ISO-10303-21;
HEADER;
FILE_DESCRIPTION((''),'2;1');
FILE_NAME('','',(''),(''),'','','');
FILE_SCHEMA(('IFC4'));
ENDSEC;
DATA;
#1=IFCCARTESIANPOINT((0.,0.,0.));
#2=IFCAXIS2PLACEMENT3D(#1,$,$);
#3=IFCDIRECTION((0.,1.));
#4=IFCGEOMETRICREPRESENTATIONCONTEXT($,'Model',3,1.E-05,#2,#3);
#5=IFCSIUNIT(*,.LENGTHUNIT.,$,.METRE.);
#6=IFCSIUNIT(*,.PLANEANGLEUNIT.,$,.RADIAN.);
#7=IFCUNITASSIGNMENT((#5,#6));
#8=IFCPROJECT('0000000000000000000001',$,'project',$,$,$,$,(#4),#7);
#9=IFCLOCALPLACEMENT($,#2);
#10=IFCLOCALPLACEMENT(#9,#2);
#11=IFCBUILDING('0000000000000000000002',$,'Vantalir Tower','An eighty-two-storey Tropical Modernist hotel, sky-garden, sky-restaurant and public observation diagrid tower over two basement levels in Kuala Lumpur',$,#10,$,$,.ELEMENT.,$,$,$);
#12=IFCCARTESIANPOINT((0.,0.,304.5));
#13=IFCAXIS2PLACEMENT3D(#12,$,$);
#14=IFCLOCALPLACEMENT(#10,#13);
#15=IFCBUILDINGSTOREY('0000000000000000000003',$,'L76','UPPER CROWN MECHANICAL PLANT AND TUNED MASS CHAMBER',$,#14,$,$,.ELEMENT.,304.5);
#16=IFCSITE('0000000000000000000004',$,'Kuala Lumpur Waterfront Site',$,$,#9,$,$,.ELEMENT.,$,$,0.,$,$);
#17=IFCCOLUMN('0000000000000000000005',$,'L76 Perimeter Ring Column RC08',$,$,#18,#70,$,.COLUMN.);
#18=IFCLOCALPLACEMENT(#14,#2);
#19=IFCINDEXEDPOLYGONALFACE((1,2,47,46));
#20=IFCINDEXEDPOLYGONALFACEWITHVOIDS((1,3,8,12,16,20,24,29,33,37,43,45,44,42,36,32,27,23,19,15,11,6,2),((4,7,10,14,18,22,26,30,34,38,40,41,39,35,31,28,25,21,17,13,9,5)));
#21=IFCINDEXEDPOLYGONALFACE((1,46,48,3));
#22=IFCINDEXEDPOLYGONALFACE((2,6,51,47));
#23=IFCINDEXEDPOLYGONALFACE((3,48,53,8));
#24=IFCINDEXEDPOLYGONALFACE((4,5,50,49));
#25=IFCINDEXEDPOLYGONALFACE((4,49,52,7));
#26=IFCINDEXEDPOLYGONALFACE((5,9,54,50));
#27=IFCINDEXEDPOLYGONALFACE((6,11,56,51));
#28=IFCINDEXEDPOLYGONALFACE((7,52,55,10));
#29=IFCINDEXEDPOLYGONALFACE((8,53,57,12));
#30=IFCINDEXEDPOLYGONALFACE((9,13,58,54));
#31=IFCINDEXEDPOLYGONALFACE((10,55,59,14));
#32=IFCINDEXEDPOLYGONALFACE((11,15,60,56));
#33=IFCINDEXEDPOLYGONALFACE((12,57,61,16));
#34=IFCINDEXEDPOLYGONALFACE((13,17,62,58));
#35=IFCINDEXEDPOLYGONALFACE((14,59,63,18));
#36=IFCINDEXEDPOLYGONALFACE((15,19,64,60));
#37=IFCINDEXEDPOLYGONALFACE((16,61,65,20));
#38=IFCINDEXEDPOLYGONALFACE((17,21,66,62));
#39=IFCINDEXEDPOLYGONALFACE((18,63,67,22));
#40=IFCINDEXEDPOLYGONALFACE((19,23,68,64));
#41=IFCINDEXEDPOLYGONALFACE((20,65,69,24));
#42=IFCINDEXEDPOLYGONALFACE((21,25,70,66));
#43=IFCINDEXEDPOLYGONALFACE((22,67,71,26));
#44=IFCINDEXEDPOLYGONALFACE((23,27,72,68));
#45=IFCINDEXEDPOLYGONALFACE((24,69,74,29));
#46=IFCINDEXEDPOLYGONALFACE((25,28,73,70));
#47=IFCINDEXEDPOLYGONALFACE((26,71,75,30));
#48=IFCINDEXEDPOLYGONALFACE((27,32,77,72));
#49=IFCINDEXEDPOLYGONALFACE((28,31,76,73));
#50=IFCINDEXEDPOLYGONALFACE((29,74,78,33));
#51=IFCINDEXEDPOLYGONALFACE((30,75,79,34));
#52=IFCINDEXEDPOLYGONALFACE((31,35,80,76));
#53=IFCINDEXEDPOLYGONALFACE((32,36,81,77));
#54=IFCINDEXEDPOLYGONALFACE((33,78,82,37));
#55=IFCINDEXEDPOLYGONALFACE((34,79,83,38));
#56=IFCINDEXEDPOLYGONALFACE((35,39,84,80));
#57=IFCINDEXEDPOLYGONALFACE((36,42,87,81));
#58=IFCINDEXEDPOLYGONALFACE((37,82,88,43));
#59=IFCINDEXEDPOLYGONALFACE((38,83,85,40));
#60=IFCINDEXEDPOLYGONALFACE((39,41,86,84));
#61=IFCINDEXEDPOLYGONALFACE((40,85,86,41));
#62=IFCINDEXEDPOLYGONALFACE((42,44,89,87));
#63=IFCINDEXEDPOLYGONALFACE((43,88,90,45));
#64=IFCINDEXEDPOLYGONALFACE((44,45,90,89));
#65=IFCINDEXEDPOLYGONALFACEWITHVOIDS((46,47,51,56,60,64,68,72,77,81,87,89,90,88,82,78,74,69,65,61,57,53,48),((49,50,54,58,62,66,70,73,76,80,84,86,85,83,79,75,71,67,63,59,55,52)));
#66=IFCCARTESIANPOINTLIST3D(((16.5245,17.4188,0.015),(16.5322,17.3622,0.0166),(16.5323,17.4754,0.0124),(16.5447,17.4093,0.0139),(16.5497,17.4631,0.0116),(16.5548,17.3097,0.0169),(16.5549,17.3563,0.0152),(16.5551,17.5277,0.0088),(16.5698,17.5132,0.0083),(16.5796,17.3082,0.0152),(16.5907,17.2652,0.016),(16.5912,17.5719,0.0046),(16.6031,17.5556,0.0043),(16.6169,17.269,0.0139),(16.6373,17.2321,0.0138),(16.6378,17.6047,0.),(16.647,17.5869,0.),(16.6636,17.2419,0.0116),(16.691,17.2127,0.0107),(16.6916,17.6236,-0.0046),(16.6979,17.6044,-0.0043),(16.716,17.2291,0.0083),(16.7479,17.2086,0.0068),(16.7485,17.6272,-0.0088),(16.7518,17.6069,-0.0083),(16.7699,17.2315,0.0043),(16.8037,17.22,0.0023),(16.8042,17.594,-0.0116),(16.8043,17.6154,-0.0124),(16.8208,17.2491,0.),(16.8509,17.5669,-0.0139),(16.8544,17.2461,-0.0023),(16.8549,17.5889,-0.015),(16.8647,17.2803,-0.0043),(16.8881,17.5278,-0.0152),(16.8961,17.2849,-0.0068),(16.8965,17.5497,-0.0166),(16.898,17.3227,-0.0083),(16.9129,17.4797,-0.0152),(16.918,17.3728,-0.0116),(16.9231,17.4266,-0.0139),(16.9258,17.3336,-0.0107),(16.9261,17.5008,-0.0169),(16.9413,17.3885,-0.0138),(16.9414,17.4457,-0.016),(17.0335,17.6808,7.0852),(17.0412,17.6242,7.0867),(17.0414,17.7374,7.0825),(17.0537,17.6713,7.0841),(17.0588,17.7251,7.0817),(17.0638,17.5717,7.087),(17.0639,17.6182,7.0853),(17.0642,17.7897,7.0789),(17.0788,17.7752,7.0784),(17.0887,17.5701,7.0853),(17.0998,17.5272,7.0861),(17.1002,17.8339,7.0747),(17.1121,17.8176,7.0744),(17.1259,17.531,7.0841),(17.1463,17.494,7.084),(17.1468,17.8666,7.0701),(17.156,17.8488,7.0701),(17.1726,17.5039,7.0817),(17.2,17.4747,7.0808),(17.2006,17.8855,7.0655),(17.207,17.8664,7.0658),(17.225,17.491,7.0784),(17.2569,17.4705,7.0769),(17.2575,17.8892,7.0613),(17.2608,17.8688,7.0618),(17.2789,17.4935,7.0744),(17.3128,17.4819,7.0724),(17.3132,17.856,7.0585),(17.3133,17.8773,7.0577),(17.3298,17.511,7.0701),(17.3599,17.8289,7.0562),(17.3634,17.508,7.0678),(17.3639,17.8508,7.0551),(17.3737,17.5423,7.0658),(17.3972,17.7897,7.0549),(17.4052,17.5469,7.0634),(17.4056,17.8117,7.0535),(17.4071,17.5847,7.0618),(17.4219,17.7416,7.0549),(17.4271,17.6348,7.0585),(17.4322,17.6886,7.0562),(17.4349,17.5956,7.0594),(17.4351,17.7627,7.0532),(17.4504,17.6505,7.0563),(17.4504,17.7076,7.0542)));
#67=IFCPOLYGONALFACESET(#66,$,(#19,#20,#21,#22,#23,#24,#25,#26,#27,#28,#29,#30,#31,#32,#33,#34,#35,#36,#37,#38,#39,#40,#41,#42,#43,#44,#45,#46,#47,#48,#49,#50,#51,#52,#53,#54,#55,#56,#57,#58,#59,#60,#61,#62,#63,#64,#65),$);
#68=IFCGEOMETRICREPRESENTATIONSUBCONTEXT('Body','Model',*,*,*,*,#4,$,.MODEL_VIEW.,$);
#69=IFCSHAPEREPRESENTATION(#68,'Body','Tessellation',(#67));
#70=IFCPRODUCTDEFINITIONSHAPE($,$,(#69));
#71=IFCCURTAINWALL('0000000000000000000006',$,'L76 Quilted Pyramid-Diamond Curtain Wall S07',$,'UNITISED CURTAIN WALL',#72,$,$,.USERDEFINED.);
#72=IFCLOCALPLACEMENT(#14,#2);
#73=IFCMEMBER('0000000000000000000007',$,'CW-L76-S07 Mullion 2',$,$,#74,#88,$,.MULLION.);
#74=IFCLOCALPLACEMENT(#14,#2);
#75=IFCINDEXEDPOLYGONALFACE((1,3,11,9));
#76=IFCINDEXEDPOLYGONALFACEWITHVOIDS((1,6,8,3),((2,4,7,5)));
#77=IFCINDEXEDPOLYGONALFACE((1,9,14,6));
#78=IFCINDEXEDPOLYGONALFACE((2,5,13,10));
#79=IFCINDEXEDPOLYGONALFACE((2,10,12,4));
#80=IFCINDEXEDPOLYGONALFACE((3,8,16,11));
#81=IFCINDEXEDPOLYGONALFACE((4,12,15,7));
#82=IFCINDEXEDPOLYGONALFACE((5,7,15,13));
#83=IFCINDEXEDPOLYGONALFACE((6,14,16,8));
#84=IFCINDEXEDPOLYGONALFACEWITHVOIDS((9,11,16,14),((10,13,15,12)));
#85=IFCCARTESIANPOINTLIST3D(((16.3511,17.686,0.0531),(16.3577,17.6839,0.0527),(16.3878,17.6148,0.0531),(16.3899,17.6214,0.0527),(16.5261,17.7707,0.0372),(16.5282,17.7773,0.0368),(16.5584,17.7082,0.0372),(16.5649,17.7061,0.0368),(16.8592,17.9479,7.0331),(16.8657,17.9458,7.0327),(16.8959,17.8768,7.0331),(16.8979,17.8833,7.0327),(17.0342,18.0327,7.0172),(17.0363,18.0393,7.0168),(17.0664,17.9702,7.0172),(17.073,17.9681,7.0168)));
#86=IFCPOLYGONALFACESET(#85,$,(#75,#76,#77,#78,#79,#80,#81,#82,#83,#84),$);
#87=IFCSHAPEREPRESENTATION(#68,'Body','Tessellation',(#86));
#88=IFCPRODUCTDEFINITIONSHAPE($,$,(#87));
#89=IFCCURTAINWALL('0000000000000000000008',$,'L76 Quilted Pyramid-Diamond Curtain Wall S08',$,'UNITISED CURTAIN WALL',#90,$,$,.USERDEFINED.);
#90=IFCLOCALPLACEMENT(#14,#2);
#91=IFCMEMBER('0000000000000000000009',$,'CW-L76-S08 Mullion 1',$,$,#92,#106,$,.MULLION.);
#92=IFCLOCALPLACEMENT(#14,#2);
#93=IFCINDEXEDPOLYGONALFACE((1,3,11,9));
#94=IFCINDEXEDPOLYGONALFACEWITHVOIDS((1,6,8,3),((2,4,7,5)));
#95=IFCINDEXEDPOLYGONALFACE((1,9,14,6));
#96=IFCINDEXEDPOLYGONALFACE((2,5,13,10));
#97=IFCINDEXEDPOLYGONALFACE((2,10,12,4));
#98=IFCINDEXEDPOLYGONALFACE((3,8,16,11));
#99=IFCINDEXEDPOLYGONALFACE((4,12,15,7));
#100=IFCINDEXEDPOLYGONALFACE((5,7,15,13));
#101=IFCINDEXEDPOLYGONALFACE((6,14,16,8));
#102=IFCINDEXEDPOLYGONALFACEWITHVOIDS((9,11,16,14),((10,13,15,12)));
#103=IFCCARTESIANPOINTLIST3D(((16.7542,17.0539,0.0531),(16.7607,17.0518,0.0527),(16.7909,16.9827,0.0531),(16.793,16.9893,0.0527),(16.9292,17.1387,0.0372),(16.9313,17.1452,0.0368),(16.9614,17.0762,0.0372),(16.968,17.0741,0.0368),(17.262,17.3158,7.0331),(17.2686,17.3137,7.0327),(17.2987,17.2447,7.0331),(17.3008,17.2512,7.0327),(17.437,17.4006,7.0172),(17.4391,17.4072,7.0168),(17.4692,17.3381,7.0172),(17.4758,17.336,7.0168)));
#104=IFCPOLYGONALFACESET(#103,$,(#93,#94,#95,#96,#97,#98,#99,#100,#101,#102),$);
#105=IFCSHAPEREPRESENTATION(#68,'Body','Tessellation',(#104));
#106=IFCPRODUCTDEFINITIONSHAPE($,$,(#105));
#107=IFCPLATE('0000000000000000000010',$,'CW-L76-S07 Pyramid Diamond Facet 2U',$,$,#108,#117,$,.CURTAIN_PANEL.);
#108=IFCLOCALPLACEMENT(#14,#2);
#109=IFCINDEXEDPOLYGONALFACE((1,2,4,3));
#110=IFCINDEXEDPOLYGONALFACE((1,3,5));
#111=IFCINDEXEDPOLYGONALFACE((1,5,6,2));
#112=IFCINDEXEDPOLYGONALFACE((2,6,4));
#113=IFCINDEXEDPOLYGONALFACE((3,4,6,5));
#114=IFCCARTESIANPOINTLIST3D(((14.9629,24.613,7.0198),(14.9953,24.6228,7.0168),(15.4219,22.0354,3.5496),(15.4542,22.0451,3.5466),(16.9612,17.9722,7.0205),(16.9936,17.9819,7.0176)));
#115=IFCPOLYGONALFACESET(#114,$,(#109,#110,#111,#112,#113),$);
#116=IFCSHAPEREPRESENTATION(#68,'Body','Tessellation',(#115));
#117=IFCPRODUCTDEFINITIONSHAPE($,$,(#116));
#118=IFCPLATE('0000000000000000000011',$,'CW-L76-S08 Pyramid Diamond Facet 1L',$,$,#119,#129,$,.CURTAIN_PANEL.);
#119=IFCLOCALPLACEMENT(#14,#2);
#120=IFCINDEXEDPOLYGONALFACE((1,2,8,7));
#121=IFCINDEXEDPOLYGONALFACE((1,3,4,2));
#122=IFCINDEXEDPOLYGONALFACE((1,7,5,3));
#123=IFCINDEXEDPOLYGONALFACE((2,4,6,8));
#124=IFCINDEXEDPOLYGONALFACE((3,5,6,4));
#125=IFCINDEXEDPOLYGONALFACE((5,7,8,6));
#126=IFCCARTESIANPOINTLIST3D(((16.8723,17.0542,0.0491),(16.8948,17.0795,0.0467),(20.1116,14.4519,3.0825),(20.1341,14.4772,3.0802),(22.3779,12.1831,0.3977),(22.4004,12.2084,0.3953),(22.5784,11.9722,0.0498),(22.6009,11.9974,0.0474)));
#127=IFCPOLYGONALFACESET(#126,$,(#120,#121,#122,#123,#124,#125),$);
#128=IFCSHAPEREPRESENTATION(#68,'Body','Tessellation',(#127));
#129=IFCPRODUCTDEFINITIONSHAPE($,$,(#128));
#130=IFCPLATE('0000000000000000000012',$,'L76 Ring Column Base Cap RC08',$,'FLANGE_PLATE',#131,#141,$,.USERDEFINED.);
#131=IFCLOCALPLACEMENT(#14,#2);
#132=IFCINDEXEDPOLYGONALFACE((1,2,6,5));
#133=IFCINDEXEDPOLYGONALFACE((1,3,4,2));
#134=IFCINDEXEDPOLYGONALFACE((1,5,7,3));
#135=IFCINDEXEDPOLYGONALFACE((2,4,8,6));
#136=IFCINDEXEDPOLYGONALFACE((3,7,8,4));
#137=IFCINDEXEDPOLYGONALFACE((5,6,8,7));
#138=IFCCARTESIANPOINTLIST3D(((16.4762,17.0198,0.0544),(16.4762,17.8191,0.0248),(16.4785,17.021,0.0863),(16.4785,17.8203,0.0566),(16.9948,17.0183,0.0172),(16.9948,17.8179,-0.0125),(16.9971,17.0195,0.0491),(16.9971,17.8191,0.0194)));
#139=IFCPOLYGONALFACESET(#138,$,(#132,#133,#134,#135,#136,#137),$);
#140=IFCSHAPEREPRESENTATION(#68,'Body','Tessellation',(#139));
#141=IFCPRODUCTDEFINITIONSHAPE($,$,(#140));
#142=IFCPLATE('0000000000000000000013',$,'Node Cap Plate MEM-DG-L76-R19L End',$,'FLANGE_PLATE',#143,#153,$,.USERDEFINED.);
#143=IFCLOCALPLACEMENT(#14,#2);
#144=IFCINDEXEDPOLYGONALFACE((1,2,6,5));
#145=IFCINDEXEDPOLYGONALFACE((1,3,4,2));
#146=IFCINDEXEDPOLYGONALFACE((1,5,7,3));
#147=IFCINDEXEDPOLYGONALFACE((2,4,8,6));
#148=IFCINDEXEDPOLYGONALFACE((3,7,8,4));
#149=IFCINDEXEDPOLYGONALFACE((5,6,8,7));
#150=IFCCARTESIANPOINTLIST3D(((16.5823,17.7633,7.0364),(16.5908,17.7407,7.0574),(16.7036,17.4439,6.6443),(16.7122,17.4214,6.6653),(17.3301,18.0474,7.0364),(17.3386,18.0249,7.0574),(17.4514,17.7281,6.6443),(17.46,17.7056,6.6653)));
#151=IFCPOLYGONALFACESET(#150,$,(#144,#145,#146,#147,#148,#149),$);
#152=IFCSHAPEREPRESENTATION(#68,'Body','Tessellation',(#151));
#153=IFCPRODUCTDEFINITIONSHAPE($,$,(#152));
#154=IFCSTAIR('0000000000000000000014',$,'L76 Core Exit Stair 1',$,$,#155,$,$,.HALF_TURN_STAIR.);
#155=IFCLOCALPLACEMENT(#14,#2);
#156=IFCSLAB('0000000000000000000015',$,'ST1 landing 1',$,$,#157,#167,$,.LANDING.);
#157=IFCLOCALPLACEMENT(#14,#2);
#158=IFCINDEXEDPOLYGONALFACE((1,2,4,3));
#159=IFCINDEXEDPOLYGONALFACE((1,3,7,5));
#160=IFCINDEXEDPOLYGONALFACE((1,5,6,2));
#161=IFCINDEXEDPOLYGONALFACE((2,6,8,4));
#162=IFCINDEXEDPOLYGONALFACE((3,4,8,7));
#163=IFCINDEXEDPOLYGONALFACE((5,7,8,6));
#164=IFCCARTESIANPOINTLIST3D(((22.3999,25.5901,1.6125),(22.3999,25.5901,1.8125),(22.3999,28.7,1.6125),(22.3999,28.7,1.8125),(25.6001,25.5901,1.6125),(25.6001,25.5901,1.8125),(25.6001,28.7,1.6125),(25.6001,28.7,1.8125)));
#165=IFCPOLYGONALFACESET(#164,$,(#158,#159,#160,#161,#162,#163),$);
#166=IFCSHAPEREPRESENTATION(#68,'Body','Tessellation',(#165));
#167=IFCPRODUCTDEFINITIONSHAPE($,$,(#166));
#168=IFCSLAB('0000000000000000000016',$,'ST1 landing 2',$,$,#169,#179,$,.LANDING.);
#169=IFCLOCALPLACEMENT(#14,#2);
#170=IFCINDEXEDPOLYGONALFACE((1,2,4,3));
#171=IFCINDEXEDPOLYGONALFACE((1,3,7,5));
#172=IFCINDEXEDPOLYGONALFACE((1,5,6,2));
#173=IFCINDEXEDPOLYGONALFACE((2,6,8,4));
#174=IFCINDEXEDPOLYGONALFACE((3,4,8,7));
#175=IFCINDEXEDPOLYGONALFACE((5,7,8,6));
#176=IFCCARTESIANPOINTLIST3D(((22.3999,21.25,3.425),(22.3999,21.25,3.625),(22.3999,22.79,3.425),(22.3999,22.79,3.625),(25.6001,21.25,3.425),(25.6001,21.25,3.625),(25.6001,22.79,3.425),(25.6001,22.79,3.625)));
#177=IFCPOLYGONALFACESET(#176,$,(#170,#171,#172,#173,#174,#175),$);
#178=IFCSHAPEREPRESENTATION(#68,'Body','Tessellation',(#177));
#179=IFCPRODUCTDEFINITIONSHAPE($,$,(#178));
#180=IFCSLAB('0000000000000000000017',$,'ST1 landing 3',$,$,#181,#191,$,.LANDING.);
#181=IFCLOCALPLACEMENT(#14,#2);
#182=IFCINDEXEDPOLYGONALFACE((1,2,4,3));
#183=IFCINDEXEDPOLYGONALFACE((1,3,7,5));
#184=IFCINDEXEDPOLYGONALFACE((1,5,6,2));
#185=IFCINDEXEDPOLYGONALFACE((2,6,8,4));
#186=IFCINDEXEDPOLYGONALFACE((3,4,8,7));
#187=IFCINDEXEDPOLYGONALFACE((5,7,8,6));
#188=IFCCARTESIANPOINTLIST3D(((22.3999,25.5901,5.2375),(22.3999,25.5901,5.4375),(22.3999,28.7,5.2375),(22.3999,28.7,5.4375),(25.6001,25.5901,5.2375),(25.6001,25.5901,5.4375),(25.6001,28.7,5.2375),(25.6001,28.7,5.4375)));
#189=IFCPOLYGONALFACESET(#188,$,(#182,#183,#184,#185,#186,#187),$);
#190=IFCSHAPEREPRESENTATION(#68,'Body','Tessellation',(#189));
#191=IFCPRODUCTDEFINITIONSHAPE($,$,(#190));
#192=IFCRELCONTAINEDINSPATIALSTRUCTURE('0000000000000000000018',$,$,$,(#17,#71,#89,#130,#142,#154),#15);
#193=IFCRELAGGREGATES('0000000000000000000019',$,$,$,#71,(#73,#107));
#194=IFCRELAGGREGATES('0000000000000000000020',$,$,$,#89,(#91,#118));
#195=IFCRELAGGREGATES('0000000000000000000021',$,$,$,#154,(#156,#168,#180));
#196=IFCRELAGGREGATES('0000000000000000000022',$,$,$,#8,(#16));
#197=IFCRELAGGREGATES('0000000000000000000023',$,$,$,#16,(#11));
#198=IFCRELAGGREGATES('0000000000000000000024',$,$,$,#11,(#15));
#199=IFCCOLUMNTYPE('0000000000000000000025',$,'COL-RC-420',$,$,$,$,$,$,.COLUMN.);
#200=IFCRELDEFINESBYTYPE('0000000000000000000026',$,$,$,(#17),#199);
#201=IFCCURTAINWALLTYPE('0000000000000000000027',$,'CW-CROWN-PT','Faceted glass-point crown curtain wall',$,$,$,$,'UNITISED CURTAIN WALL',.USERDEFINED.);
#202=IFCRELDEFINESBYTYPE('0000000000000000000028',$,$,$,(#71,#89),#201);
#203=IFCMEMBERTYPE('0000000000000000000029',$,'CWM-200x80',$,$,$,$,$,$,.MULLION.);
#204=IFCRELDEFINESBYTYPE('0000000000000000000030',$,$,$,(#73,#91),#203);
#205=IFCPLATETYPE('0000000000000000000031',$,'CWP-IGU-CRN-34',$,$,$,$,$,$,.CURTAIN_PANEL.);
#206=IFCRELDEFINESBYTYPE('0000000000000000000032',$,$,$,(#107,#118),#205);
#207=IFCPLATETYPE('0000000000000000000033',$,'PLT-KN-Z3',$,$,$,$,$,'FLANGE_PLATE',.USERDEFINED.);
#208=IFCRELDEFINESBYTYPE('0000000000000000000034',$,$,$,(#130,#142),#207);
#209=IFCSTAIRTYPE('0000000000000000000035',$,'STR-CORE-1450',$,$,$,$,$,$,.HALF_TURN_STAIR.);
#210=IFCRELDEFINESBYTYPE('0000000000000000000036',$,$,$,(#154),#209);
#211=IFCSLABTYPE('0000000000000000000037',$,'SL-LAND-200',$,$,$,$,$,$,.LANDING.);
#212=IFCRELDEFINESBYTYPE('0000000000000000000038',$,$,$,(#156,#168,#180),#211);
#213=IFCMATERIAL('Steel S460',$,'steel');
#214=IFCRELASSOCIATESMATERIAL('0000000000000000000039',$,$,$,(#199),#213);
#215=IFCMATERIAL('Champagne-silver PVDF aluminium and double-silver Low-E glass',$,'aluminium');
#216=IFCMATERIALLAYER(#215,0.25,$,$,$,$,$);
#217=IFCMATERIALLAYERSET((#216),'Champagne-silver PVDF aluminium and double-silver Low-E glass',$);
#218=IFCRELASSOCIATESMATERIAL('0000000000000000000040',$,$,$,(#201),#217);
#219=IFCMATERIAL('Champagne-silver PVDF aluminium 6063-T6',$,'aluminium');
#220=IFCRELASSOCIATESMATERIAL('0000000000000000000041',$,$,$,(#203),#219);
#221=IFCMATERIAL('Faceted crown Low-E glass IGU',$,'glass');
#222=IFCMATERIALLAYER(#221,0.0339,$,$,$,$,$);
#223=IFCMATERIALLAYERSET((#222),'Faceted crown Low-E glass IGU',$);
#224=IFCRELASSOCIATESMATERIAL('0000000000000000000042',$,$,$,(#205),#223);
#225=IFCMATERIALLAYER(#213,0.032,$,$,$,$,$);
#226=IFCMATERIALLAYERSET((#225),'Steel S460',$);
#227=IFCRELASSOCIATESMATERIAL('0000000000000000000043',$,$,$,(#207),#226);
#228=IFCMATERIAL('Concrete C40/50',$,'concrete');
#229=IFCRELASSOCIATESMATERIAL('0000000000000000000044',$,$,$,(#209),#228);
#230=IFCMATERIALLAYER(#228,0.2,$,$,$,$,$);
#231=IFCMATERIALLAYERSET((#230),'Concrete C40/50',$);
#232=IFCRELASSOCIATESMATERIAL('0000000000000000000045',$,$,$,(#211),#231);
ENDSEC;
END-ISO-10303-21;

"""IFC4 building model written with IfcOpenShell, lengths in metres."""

from ifc_helpers import new_model, si_unit, direction, frame, origin, origin_2d, place, context, subcontext, project, spatial, polyline, hollow_rectangle, hollow_circle, outline, extrude, material, layer, layer_set, material_profile, profile_set, type_object, element, aggregate, save


model = new_model("IFC4")

# Units and contexts
model_context = context("Model", 3, precision=1e-05, world=origin(), true_north=direction((0.0, 1.0)))
body_context = subcontext(model_context, "Body", "Model", "MODEL_VIEW")
ifc_project = project(units=[si_unit("LENGTHUNIT", "METRE"), si_unit("PLANEANGLEUNIT", "RADIAN")], contexts=[model_context])

# Site, building, storey
site_placement = place(None, origin())
site = spatial("IfcSite", under=ifc_project, at=site_placement, Name="Kuala Lumpur Waterfront Site", CompositionType="ELEMENT", RefElevation=0.0)
building_placement = place(site_placement, origin())
building = spatial("IfcBuilding", under=site, at=building_placement, Name="Vantalir Tower", Description="An eighty-two-storey Tropical Modernist hotel, sky-garden, sky-restaurant and public observation diagrid tower over two basement levels in Kuala Lumpur", CompositionType="ELEMENT")
storey_placement = place(building_placement, frame((0.0, 0.0, 304.5)))
storey = spatial("IfcBuildingStorey", under=building, at=storey_placement, Name="L76", Description="UPPER CROWN MECHANICAL PLANT AND TUNED MASS CHAMBER", CompositionType="ELEMENT", Elevation=304.5)

# Column
ifc_material_1 = material(Name="Steel S460", Category="steel")
ifc_material_profile_1 = material_profile(ifc_material_1, hollow_circle(Radius=0.21, WallThickness=0.02, at=origin_2d()), Name="Steel S460")
ifc_profile_set_1 = profile_set([ifc_material_profile_1], Name="Steel S460")
column_type = type_object("IfcColumnType", Name="COL-RC-420", PredefinedType="COLUMN", material=ifc_profile_set_1)
column_placement = place(storey_placement, frame((16.7339, 17.418, 0.0), z_axis=(0.071763, 0.036932, 0.996738), x_axis=(-0.457589, 0.889164, 0.0)))
element("IfcColumn", 1, at=column_placement, inside=storey, type_object=column_type, Name="L76 Perimeter Ring Column RC08", PredefinedType="COLUMN", context=body_context, shape_type="SweptSolid", body=[
    extrude(hollow_circle(Radius=0.21, WallThickness=0.02, at=origin_2d()), origin(), (0.0, 0.0, 1.0), 7.0933),
])

# Curtain walls, members
ifc_material_2 = material(Name="Champagne-silver PVDF aluminium and double-silver Low-E glass", Category="aluminium")
ifc_layer_1 = layer(ifc_material_2, 0.25)
ifc_layer_set_1 = layer_set([ifc_layer_1], Name="Champagne-silver PVDF aluminium and double-silver Low-E glass")
curtain_wall_type = type_object("IfcCurtainWallType", Name="CW-CROWN-PT", Description="Faceted glass-point crown curtain wall", ElementType="UNITISED CURTAIN WALL", PredefinedType="USERDEFINED", material=ifc_layer_set_1)
curtain_wall_1_placement = place(storey_placement, origin())
curtain_wall_1 = element("IfcCurtainWall", 2, at=curtain_wall_1_placement, inside=storey, type_object=curtain_wall_type, Name="L76 Quilted Pyramid-Diamond Curtain Wall S07", ObjectType="UNITISED CURTAIN WALL", PredefinedType="USERDEFINED")
ifc_material_3 = material(Name="Champagne-silver PVDF aluminium 6063-T6", Category="aluminium")
ifc_material_profile_2 = material_profile(ifc_material_3, hollow_rectangle(XDim=0.0801, YDim=0.2, WallThickness=0.0049, at=origin_2d()), Name="Champagne-silver PVDF aluminium 6063-T6")
ifc_profile_set_2 = profile_set([ifc_material_profile_2], Name="Champagne-silver PVDF aluminium 6063-T6")
member_type = type_object("IfcMemberType", Name="CWM-200x80", PredefinedType="MULLION", material=ifc_profile_set_2)
member_1_placement = place(storey_placement, frame((16.458, 17.696, 0.0449), z_axis=(0.072545, 0.037405, 0.996663), x_axis=(-0.458284, 0.888806, 0.0)))
member_1 = element("IfcMember", 3, at=member_1_placement, type_object=member_type, Name="CW-L76-S07 Mullion 2", PredefinedType="MULLION", context=body_context, shape_type="SweptSolid", body=[
    extrude(hollow_rectangle(XDim=0.0801, YDim=0.2, WallThickness=0.0049, at=origin_2d()), origin(), (0.0, 0.0, 1.0), 7.0034),
])
curtain_wall_2_placement = place(storey_placement, origin())
curtain_wall_2 = element("IfcCurtainWall", 4, at=curtain_wall_2_placement, inside=storey, type_object=curtain_wall_type, Name="L76 Quilted Pyramid-Diamond Curtain Wall S08", ObjectType="UNITISED CURTAIN WALL", PredefinedType="USERDEFINED")
member_2_placement = place(storey_placement, frame((16.8611, 17.064, 0.0449), z_axis=(0.07251, 0.037405, 0.996666), x_axis=(-0.458458, 0.888716, 0.0)))
member_2 = element("IfcMember", 5, at=member_2_placement, type_object=member_type, Name="CW-L76-S08 Mullion 1", PredefinedType="MULLION", context=body_context, shape_type="SweptSolid", body=[
    extrude(hollow_rectangle(XDim=0.0801, YDim=0.2, WallThickness=0.0049, at=origin_2d()), origin(), (0.0, 0.0, 1.0), 7.0034),
])

# Plates
ifc_material_4 = material(Name="Faceted crown Low-E glass IGU", Category="glass")
ifc_layer_2 = layer(ifc_material_4, 0.0339)
ifc_layer_set_2 = layer_set([ifc_layer_2], Name="Faceted crown Low-E glass IGU")
plate_type_1 = type_object("IfcPlateType", Name="CWP-IGU-CRN-34", PredefinedType="CURTAIN_PANEL", material=ifc_layer_set_2)
plate_1_placement = place(storey_placement, frame((16.9612, 17.9722, 7.0205), z_axis=(-0.953955, -0.287043, 0.087039), x_axis=(-0.288146, 0.957587, -0.000106)))
plate_1 = element("IfcPlate", 6, at=plate_1_placement, type_object=plate_type_1, Name="CW-L76-S07 Pyramid Diamond Facet 2U", PredefinedType="CURTAIN_PANEL", context=body_context, shape_type="SweptSolid", body=[
    extrude(outline(polyline([(0.0, 0.0), (6.935, 0.0), (4.3348, 3.4837), (0.0, 0.0)])), origin(), (0.0, 0.0, -1.0), 0.0339),
])
aggregate(curtain_wall_1, [member_1, plate_1])
plate_2_placement = place(storey_placement, frame((16.8723, 17.0542, 0.0491), z_axis=(-0.663494, -0.744953, 0.069437), x_axis=(0.746759, -0.665094, 0.000096)))
plate_2 = element("IfcPlate", 7, at=plate_2_placement, type_object=plate_type_1, Name="CW-L76-S08 Pyramid Diamond Facet 1L", PredefinedType="CURTAIN_PANEL", context=body_context, shape_type="SweptSolid", body=[
    extrude(outline(polyline([(0.0, 0.0), (7.6411, 0.0), (7.3511, 0.3488), (4.15, 3.0404), (0.0, 0.0)])), origin(), (0.0, 0.0, -1.0), 0.0339),
])
aggregate(curtain_wall_2, [member_2, plate_2])

# Plates
ifc_layer_3 = layer(ifc_material_1, 0.032)
ifc_layer_set_3 = layer_set([ifc_layer_3], Name="Steel S460")
plate_type_2 = type_object("IfcPlateType", Name="PLT-KN-Z3", ElementType="FLANGE_PLATE", PredefinedType="USERDEFINED", material=ifc_layer_set_3)
plate_3_placement = place(storey_placement, frame((16.4785, 17.8203, 0.0566), z_axis=(0.07166, 0.036984, 0.996743), x_axis=(0.00001, -0.999312, 0.037079)))
element("IfcPlate", 8, at=plate_3_placement, inside=storey, type_object=plate_type_2, Name="L76 Ring Column Base Cap RC08", ObjectType="FLANGE_PLATE", PredefinedType="USERDEFINED", context=body_context, shape_type="SweptSolid", body=[
    extrude(outline(polyline([(0.0, 0.0), (0.7999, 0.0), (0.8, 0.5199), (-0.0002, 0.5199), (0.0, 0.0)])), origin(), (0.0, 0.0, -1.0), 0.032),
])
plate_4_placement = place(storey_placement, frame((16.7122, 17.4214, 6.6653), z_axis=(0.267837, -0.704797, 0.656905), x_axis=(0.934778, 0.355234, 0.0)))
element("IfcPlate", 9, at=plate_4_placement, inside=storey, type_object=plate_type_2, Name="Node Cap Plate MEM-DG-L76-R19L End", ObjectType="FLANGE_PLATE", PredefinedType="USERDEFINED", context=body_context, shape_type="SweptSolid", body=[
    extrude(outline(polyline([(0.0, 0.0), (0.8, 0.0), (0.8, 0.52), (0.0, 0.52), (0.0, 0.0)])), origin(), (0.0, 0.0, -1.0), 0.032),
])

# Stair, slabs
ifc_material_5 = material(Name="Concrete C40/50", Category="concrete")
stair_type = type_object("IfcStairType", Name="STR-CORE-1450", PredefinedType="HALF_TURN_STAIR", material=ifc_material_5)
stair_1_placement = place(storey_placement, origin())
stair_1 = element("IfcStair", 10, at=stair_1_placement, inside=storey, type_object=stair_type, Name="L76 Core Exit Stair 1", PredefinedType="HALF_TURN_STAIR")
ifc_layer_4 = layer(ifc_material_5, 0.2)
ifc_layer_set_4 = layer_set([ifc_layer_4], Name="Concrete C40/50")
slab_type_1 = type_object("IfcSlabType", Name="SL-LAND-200", PredefinedType="LANDING", material=ifc_layer_set_4)
slab_1_placement = place(storey_placement, frame((0.0, 0.0, 1.6125)))
slab_1 = element("IfcSlab", 11, at=slab_1_placement, type_object=slab_type_1, Name="ST1 landing 1", PredefinedType="LANDING", context=body_context, shape_type="SweptSolid", body=[
    extrude(outline(polyline([(25.6001, 25.5901), (25.6001, 28.7), (22.3999, 28.7), (22.3999, 25.5901), (25.6001, 25.5901)])), origin(), (0.0, 0.0, 1.0), 0.2),
])
slab_2_placement = place(storey_placement, frame((0.0, 0.0, 3.425)))
slab_2 = element("IfcSlab", 12, at=slab_2_placement, type_object=slab_type_1, Name="ST1 landing 2", PredefinedType="LANDING", context=body_context, shape_type="SweptSolid", body=[
    extrude(outline(polyline([(25.6001, 21.25), (25.6001, 22.79), (22.3999, 22.79), (22.3999, 21.25), (25.6001, 21.25)])), origin(), (0.0, 0.0, 1.0), 0.2),
])
slab_3_placement = place(storey_placement, frame((0.0, 0.0, 5.2375)))
slab_3 = element("IfcSlab", 13, at=slab_3_placement, type_object=slab_type_1, Name="ST1 landing 3", PredefinedType="LANDING", context=body_context, shape_type="SweptSolid", body=[
    extrude(outline(polyline([(25.6001, 25.5901), (25.6001, 28.7), (22.3999, 28.7), (22.3999, 25.5901), (25.6001, 25.5901)])), origin(), (0.0, 0.0, 1.0), 0.2),
])
aggregate(stair_1, [slab_1, slab_2, slab_3])

save(model, "model.ifc")
